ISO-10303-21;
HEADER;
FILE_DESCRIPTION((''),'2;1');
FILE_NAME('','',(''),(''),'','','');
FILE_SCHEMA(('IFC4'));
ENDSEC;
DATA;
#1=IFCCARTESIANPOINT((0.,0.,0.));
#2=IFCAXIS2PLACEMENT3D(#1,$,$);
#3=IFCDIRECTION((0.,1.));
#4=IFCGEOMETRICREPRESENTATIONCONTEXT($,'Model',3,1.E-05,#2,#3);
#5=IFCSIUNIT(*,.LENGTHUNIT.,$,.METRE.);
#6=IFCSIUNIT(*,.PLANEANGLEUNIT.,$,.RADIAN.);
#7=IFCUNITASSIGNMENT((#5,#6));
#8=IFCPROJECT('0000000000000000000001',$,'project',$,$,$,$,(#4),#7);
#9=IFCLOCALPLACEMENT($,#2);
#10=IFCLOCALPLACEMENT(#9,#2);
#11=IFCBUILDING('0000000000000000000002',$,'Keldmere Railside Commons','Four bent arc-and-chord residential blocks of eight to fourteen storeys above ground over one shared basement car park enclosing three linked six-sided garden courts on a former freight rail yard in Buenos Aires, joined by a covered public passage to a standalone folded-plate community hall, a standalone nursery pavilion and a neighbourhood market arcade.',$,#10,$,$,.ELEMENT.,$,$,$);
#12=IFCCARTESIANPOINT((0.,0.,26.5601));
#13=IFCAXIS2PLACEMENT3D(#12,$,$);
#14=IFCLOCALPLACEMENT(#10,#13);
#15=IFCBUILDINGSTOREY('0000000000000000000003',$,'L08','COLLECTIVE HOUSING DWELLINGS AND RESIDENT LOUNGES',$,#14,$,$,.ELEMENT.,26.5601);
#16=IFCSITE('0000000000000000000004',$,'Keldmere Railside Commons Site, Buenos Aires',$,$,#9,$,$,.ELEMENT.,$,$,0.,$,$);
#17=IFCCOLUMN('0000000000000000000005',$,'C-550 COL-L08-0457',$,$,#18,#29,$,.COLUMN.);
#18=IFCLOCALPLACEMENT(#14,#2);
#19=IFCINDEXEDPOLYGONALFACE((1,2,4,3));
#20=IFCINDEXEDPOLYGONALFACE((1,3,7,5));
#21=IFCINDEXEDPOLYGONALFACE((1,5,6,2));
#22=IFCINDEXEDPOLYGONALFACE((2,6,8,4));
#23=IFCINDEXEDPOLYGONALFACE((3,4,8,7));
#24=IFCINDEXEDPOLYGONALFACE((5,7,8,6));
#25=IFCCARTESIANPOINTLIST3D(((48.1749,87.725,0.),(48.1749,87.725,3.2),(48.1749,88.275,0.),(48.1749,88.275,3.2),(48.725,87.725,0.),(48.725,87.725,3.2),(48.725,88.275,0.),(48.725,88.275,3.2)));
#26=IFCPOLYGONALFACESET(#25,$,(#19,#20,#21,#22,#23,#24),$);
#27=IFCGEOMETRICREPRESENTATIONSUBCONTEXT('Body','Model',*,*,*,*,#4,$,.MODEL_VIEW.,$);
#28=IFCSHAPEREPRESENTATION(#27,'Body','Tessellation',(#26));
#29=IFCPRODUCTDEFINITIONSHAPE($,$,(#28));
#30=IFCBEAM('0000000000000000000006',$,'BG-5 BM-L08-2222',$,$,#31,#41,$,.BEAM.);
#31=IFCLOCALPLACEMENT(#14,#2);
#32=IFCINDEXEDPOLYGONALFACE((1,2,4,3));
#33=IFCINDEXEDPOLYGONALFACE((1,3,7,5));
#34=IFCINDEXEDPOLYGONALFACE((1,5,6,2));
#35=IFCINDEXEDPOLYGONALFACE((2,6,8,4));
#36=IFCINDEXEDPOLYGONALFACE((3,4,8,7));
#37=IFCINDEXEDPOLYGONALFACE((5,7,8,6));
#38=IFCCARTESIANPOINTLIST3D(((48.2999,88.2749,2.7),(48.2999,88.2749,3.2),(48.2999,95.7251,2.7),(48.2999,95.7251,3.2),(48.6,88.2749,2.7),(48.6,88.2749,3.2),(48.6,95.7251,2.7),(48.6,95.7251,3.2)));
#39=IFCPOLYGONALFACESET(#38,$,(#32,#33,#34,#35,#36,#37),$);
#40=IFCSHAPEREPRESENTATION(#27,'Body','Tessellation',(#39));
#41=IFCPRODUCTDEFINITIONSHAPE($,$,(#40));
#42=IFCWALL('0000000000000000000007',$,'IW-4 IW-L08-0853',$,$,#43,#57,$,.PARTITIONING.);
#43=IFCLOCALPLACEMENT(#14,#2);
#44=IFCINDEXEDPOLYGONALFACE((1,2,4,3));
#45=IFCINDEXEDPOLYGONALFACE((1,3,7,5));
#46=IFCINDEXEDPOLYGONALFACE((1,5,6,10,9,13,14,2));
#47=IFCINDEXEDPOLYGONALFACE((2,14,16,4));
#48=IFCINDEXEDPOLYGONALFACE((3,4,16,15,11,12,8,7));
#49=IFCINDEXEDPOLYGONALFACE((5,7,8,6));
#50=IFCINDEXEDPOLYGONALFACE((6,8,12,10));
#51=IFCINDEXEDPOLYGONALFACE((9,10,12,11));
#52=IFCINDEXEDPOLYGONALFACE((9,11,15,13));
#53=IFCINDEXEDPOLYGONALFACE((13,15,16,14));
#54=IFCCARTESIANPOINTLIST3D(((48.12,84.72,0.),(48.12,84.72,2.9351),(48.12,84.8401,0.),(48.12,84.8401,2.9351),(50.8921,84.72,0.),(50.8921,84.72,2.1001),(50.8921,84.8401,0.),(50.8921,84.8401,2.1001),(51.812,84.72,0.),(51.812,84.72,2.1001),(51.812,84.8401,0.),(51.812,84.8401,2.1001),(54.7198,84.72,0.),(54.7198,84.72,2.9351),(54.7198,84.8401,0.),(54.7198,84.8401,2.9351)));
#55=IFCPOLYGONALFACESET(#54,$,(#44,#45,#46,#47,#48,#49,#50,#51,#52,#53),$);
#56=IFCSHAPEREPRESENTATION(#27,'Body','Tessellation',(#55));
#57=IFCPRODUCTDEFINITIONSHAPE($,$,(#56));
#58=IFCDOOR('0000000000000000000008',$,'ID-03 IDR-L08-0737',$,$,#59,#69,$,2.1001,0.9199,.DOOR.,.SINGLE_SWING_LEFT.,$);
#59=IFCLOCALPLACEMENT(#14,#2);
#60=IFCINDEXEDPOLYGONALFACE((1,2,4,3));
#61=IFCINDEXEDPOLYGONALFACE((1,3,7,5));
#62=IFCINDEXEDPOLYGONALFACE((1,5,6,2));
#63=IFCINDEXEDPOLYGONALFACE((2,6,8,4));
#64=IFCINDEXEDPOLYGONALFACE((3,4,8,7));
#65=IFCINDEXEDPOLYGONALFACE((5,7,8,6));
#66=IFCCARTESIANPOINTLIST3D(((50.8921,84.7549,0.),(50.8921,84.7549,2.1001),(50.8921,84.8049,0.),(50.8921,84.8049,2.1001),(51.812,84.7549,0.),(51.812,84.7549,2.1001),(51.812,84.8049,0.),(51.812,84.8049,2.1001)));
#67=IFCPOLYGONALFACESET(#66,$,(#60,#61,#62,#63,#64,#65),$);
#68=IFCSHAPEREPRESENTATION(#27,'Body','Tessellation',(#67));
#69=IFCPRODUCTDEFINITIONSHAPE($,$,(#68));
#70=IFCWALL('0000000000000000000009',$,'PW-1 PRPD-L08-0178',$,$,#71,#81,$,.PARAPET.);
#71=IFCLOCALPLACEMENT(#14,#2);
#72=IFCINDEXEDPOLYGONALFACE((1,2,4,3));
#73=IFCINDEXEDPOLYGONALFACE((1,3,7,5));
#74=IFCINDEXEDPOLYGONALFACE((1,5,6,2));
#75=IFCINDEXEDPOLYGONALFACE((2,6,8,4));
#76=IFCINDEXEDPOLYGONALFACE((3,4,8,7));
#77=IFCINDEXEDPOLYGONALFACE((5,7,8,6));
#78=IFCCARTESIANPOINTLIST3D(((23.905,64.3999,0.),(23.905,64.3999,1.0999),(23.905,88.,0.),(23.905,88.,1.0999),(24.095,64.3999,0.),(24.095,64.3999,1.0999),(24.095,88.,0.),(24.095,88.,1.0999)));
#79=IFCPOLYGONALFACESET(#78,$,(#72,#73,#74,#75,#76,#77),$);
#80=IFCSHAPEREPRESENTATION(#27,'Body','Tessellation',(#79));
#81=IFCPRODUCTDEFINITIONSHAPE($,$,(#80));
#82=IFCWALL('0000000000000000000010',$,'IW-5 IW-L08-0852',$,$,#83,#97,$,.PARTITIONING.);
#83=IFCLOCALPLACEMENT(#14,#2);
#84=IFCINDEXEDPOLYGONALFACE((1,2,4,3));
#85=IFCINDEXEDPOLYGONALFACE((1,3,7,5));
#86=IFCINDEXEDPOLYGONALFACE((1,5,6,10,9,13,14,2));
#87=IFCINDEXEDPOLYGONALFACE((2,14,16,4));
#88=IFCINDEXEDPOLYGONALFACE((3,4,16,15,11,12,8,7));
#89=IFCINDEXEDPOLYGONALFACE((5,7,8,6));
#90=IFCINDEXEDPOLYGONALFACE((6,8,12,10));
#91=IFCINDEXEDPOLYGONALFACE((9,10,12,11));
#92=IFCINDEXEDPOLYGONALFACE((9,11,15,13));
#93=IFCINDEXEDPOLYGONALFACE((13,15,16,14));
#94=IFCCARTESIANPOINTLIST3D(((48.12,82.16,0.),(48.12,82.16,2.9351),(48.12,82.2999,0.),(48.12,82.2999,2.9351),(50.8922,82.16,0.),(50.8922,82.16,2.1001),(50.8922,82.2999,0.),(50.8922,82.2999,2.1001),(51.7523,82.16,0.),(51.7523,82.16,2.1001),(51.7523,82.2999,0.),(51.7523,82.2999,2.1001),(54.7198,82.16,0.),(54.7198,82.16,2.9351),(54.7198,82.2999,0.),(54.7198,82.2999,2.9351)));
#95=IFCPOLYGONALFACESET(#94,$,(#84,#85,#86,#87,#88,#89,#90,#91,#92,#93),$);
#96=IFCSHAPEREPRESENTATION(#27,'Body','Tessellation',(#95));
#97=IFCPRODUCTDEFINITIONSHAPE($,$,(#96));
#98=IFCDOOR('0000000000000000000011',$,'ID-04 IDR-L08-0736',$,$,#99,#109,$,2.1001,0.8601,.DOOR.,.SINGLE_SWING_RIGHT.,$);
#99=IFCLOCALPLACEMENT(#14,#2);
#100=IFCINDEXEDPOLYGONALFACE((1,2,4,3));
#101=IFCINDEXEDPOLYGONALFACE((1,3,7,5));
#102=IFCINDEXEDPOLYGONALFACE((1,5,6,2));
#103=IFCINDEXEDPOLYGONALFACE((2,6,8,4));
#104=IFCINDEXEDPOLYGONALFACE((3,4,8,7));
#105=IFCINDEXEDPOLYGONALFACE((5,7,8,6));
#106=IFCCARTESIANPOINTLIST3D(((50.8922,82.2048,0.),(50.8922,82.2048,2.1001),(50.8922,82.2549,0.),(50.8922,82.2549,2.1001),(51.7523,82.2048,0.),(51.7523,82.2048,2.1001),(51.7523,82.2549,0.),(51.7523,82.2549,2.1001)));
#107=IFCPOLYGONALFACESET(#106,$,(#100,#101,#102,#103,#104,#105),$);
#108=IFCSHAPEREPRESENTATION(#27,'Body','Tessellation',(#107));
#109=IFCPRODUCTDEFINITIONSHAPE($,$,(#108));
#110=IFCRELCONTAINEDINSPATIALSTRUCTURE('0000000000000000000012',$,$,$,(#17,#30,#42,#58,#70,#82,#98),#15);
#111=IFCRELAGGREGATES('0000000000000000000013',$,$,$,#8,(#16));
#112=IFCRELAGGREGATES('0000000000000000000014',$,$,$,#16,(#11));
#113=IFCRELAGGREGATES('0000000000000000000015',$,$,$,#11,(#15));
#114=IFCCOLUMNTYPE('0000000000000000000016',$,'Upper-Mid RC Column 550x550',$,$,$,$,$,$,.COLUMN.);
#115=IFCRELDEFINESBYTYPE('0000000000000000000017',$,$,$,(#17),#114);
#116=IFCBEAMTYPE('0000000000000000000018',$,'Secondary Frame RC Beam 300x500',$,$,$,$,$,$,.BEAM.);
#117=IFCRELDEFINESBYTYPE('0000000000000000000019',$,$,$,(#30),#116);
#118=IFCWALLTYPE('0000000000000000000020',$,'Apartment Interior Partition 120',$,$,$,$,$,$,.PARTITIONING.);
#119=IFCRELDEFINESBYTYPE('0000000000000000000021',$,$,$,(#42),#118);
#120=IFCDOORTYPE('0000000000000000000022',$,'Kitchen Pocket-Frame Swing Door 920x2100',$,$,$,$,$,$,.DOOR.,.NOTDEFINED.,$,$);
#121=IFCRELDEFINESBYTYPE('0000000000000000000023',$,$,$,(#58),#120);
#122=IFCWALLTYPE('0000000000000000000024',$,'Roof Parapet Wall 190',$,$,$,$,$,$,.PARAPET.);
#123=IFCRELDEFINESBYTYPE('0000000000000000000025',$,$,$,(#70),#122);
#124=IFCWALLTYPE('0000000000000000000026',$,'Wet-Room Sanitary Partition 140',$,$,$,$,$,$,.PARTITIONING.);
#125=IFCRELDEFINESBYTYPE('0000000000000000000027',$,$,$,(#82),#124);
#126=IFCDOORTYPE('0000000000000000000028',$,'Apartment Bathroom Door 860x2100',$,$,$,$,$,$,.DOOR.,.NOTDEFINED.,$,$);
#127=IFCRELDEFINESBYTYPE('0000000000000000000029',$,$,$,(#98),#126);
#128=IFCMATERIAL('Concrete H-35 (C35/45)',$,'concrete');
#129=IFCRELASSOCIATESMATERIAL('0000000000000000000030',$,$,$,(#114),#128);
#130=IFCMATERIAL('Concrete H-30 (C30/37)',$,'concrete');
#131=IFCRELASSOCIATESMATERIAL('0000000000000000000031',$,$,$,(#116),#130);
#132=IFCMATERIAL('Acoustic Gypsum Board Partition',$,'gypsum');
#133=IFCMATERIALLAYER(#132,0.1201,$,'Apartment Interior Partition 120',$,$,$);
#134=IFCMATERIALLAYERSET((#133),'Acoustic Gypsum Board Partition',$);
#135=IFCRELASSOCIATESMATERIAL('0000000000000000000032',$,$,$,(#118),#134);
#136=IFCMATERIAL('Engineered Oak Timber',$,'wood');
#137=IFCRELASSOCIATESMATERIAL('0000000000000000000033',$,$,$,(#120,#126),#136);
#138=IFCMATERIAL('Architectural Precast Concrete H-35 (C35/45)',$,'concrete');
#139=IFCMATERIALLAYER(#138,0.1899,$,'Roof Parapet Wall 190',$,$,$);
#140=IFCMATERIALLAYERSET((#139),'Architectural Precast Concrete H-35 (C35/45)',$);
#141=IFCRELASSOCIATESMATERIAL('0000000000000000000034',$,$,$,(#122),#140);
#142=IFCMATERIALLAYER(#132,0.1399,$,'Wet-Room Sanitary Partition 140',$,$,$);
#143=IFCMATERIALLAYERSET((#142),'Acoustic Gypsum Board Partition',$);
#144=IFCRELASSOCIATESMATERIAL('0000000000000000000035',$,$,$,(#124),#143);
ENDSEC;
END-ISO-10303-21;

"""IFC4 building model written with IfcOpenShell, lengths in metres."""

from ifc_helpers import new_model, si_unit, direction, frame, frame_2d, origin, origin_2d, place, context, subcontext, project, spatial, rectangle, extrude, material, layer, layer_set, material_profile, profile_set, type_object, element, fill, save


model = new_model("IFC4")

# Units and contexts
model_context = context("Model", 3, precision=1e-05, world=origin(), true_north=direction((0.0, 1.0)))
body_context = subcontext(model_context, "Body", "Model", "MODEL_VIEW")
ifc_project = project(units=[si_unit("LENGTHUNIT", "METRE"), si_unit("PLANEANGLEUNIT", "RADIAN")], contexts=[model_context])

# Site, building, storey
site_placement = place(None, origin())
site = spatial("IfcSite", under=ifc_project, at=site_placement, Name="Keldmere Railside Commons Site, Buenos Aires", CompositionType="ELEMENT", RefElevation=0.0)
building_placement = place(site_placement, origin())
building = spatial("IfcBuilding", under=site, at=building_placement, Name="Keldmere Railside Commons", Description="Four bent arc-and-chord residential blocks of eight to fourteen storeys above ground over one shared basement car park enclosing three linked six-sided garden courts on a former freight rail yard in Buenos Aires, joined by a covered public passage to a standalone folded-plate community hall, a standalone nursery pavilion and a neighbourhood market arcade.", CompositionType="ELEMENT")
storey_placement = place(building_placement, frame((0.0, 0.0, 26.5601)))
storey = spatial("IfcBuildingStorey", under=building, at=storey_placement, Name="L08", Description="COLLECTIVE HOUSING DWELLINGS AND RESIDENT LOUNGES", CompositionType="ELEMENT", Elevation=26.5601)

# Column
ifc_material_1 = material(Name="Concrete H-35 (C35/45)", Category="concrete")
ifc_material_profile_1 = material_profile(ifc_material_1, rectangle(XDim=0.55, YDim=0.55, at=origin_2d()), Name="RC-550x550")
ifc_profile_set_1 = profile_set([ifc_material_profile_1], Name="Concrete H-35 (C35/45)")
column_type = type_object("IfcColumnType", Name="Upper-Mid RC Column 550x550", PredefinedType="COLUMN", material=ifc_profile_set_1)
column_placement = place(storey_placement, frame((48.45, 88.0, 0.0), z_axis=(0.0, 0.0, 1.0), x_axis=(1.0, 0.0, 0.0)))
element("IfcColumn", 1, at=column_placement, inside=storey, type_object=column_type, Name="C-550 COL-L08-0457", PredefinedType="COLUMN", context=body_context, shape_type="SweptSolid", body=[
    extrude(rectangle(XDim=0.55, YDim=0.55, at=origin_2d()), origin(), (0.0, 0.0, 1.0), 3.2),
])

# Beam
ifc_material_2 = material(Name="Concrete H-30 (C30/37)", Category="concrete")
ifc_material_profile_2 = material_profile(ifc_material_2, rectangle(XDim=0.3, YDim=0.5, at=origin_2d()), Name="RC-300x500")
ifc_profile_set_2 = profile_set([ifc_material_profile_2], Name="Concrete H-30 (C30/37)")
beam_type = type_object("IfcBeamType", Name="Secondary Frame RC Beam 300x500", PredefinedType="BEAM", material=ifc_profile_set_2)
beam_placement = place(storey_placement, frame((48.45, 88.2749, 2.95), z_axis=(0.0, 1.0, 0.0), x_axis=(-1.0, 0.0, 0.0)))
element("IfcBeam", 2, at=beam_placement, inside=storey, type_object=beam_type, Name="BG-5 BM-L08-2222", PredefinedType="BEAM", context=body_context, shape_type="SweptSolid", body=[
    extrude(rectangle(XDim=0.3, YDim=0.5, at=origin_2d()), origin(), (0.0, 0.0, 1.0), 7.4502),
])

# Wall, opening, door
ifc_material_3 = material(Name="Acoustic Gypsum Board Partition", Category="gypsum")
ifc_layer_1 = layer(ifc_material_3, 0.1201, Name="Apartment Interior Partition 120")
ifc_layer_set_1 = layer_set([ifc_layer_1], Name="Acoustic Gypsum Board Partition")
wall_type_1 = type_object("IfcWallType", Name="Apartment Interior Partition 120", PredefinedType="PARTITIONING", material=ifc_layer_set_1)
wall_1_placement = place(storey_placement, frame((48.1201, 84.78, 0.0), z_axis=(0.0, 0.0, 1.0), x_axis=(1.0, 0.0, 0.0)))
wall_1 = element("IfcWall", 3, at=wall_1_placement, inside=storey, type_object=wall_type_1, Name="IW-4 IW-L08-0853", PredefinedType="PARTITIONING", context=body_context, shape_type="SweptSolid", body=[
    extrude(rectangle(XDim=6.5999, YDim=0.1201, at=frame_2d((3.2998, 0.0))), origin(), (0.0, 0.0, 1.0), 2.9351),
])
opening_1_placement = place(wall_1_placement, frame((2.772, 0.0, 0.0)))
opening_1 = element("IfcOpeningElement", 4, at=opening_1_placement, cuts=wall_1, PredefinedType="OPENING", context=body_context, shape_type="SweptSolid", body=[
    extrude(rectangle(XDim=0.9199, YDim=2.1001, at=frame_2d((0.46, 1.05))), frame((0.0, 0.0701, 0.0), z_axis=(0.0, -1.0, 0.0), x_axis=(1.0, 0.0, 0.0)), (0.0, 0.0, 1.0), 0.1401),
])
ifc_material_4 = material(Name="Engineered Oak Timber", Category="wood")
door_type_1 = type_object("IfcDoorType", Name="Kitchen Pocket-Frame Swing Door 920x2100", OperationType="NOTDEFINED", PredefinedType="DOOR", material=ifc_material_4)
door_1_placement = place(opening_1_placement, origin())
door_1 = element("IfcDoor", 5, at=door_1_placement, inside=storey, type_object=door_type_1, Name="ID-03 IDR-L08-0737", OperationType="SINGLE_SWING_LEFT", OverallHeight=2.1001, OverallWidth=0.9199, PredefinedType="DOOR", context=body_context, shape_type="SweptSolid", body=[
    extrude(rectangle(XDim=0.9199, YDim=2.1001, at=frame_2d((0.46, 1.05))), frame((0.0, 0.0249, 0.0), z_axis=(0.0, -1.0, 0.0), x_axis=(1.0, 0.0, 0.0)), (0.0, 0.0, 1.0), 0.05),
])
fill(opening_1, door_1)

# Wall
ifc_material_5 = material(Name="Architectural Precast Concrete H-35 (C35/45)", Category="concrete")
ifc_layer_2 = layer(ifc_material_5, 0.1899, Name="Roof Parapet Wall 190")
ifc_layer_set_2 = layer_set([ifc_layer_2], Name="Architectural Precast Concrete H-35 (C35/45)")
wall_type_2 = type_object("IfcWallType", Name="Roof Parapet Wall 190", PredefinedType="PARAPET", material=ifc_layer_set_2)
wall_2_placement = place(storey_placement, frame((24.0, 88.0, 0.0), z_axis=(0.0, 0.0, 1.0), x_axis=(0.0, -1.0, 0.0)))
element("IfcWall", 6, at=wall_2_placement, inside=storey, type_object=wall_type_2, Name="PW-1 PRPD-L08-0178", PredefinedType="PARAPET", context=body_context, shape_type="SweptSolid", body=[
    extrude(rectangle(XDim=23.6001, YDim=0.1899, at=frame_2d((11.8, 0.0))), origin(), (0.0, 0.0, 1.0), 1.0999),
])

# Wall, opening, door
ifc_layer_3 = layer(ifc_material_3, 0.1399, Name="Wet-Room Sanitary Partition 140")
ifc_layer_set_3 = layer_set([ifc_layer_3], Name="Acoustic Gypsum Board Partition")
wall_type_3 = type_object("IfcWallType", Name="Wet-Room Sanitary Partition 140", PredefinedType="PARTITIONING", material=ifc_layer_set_3)
wall_3_placement = place(storey_placement, frame((48.1201, 82.23, 0.0), z_axis=(0.0, 0.0, 1.0), x_axis=(1.0, 0.0, 0.0)))
wall_3 = element("IfcWall", 7, at=wall_3_placement, inside=storey, type_object=wall_type_3, Name="IW-5 IW-L08-0852", PredefinedType="PARTITIONING", context=body_context, shape_type="SweptSolid", body=[
    extrude(rectangle(XDim=6.5999, YDim=0.1399, at=frame_2d((3.2998, 0.0))), origin(), (0.0, 0.0, 1.0), 2.9351),
])
opening_2_placement = place(wall_3_placement, frame((2.772, 0.0, 0.0)))
opening_2 = element("IfcOpeningElement", 8, at=opening_2_placement, cuts=wall_3, PredefinedType="OPENING", context=body_context, shape_type="SweptSolid", body=[
    extrude(rectangle(XDim=0.8601, YDim=2.1001, at=frame_2d((0.4302, 1.05))), frame((0.0, 0.0798, 0.0), z_axis=(0.0, -1.0, 0.0), x_axis=(1.0, 0.0, 0.0)), (0.0, 0.0, 1.0), 0.1599),
])
door_type_2 = type_object("IfcDoorType", Name="Apartment Bathroom Door 860x2100", OperationType="NOTDEFINED", PredefinedType="DOOR", material=ifc_material_4)
door_2_placement = place(opening_2_placement, origin())
door_2 = element("IfcDoor", 9, at=door_2_placement, inside=storey, type_object=door_type_2, Name="ID-04 IDR-L08-0736", OperationType="SINGLE_SWING_RIGHT", OverallHeight=2.1001, OverallWidth=0.8601, PredefinedType="DOOR", context=body_context, shape_type="SweptSolid", body=[
    extrude(rectangle(XDim=0.8601, YDim=2.1001, at=frame_2d((0.4302, 1.05))), frame((0.0, 0.0249, 0.0), z_axis=(0.0, -1.0, 0.0), x_axis=(1.0, 0.0, 0.0)), (0.0, 0.0, 1.0), 0.05),
])
fill(opening_2, door_2)

save(model, "model.ifc")
